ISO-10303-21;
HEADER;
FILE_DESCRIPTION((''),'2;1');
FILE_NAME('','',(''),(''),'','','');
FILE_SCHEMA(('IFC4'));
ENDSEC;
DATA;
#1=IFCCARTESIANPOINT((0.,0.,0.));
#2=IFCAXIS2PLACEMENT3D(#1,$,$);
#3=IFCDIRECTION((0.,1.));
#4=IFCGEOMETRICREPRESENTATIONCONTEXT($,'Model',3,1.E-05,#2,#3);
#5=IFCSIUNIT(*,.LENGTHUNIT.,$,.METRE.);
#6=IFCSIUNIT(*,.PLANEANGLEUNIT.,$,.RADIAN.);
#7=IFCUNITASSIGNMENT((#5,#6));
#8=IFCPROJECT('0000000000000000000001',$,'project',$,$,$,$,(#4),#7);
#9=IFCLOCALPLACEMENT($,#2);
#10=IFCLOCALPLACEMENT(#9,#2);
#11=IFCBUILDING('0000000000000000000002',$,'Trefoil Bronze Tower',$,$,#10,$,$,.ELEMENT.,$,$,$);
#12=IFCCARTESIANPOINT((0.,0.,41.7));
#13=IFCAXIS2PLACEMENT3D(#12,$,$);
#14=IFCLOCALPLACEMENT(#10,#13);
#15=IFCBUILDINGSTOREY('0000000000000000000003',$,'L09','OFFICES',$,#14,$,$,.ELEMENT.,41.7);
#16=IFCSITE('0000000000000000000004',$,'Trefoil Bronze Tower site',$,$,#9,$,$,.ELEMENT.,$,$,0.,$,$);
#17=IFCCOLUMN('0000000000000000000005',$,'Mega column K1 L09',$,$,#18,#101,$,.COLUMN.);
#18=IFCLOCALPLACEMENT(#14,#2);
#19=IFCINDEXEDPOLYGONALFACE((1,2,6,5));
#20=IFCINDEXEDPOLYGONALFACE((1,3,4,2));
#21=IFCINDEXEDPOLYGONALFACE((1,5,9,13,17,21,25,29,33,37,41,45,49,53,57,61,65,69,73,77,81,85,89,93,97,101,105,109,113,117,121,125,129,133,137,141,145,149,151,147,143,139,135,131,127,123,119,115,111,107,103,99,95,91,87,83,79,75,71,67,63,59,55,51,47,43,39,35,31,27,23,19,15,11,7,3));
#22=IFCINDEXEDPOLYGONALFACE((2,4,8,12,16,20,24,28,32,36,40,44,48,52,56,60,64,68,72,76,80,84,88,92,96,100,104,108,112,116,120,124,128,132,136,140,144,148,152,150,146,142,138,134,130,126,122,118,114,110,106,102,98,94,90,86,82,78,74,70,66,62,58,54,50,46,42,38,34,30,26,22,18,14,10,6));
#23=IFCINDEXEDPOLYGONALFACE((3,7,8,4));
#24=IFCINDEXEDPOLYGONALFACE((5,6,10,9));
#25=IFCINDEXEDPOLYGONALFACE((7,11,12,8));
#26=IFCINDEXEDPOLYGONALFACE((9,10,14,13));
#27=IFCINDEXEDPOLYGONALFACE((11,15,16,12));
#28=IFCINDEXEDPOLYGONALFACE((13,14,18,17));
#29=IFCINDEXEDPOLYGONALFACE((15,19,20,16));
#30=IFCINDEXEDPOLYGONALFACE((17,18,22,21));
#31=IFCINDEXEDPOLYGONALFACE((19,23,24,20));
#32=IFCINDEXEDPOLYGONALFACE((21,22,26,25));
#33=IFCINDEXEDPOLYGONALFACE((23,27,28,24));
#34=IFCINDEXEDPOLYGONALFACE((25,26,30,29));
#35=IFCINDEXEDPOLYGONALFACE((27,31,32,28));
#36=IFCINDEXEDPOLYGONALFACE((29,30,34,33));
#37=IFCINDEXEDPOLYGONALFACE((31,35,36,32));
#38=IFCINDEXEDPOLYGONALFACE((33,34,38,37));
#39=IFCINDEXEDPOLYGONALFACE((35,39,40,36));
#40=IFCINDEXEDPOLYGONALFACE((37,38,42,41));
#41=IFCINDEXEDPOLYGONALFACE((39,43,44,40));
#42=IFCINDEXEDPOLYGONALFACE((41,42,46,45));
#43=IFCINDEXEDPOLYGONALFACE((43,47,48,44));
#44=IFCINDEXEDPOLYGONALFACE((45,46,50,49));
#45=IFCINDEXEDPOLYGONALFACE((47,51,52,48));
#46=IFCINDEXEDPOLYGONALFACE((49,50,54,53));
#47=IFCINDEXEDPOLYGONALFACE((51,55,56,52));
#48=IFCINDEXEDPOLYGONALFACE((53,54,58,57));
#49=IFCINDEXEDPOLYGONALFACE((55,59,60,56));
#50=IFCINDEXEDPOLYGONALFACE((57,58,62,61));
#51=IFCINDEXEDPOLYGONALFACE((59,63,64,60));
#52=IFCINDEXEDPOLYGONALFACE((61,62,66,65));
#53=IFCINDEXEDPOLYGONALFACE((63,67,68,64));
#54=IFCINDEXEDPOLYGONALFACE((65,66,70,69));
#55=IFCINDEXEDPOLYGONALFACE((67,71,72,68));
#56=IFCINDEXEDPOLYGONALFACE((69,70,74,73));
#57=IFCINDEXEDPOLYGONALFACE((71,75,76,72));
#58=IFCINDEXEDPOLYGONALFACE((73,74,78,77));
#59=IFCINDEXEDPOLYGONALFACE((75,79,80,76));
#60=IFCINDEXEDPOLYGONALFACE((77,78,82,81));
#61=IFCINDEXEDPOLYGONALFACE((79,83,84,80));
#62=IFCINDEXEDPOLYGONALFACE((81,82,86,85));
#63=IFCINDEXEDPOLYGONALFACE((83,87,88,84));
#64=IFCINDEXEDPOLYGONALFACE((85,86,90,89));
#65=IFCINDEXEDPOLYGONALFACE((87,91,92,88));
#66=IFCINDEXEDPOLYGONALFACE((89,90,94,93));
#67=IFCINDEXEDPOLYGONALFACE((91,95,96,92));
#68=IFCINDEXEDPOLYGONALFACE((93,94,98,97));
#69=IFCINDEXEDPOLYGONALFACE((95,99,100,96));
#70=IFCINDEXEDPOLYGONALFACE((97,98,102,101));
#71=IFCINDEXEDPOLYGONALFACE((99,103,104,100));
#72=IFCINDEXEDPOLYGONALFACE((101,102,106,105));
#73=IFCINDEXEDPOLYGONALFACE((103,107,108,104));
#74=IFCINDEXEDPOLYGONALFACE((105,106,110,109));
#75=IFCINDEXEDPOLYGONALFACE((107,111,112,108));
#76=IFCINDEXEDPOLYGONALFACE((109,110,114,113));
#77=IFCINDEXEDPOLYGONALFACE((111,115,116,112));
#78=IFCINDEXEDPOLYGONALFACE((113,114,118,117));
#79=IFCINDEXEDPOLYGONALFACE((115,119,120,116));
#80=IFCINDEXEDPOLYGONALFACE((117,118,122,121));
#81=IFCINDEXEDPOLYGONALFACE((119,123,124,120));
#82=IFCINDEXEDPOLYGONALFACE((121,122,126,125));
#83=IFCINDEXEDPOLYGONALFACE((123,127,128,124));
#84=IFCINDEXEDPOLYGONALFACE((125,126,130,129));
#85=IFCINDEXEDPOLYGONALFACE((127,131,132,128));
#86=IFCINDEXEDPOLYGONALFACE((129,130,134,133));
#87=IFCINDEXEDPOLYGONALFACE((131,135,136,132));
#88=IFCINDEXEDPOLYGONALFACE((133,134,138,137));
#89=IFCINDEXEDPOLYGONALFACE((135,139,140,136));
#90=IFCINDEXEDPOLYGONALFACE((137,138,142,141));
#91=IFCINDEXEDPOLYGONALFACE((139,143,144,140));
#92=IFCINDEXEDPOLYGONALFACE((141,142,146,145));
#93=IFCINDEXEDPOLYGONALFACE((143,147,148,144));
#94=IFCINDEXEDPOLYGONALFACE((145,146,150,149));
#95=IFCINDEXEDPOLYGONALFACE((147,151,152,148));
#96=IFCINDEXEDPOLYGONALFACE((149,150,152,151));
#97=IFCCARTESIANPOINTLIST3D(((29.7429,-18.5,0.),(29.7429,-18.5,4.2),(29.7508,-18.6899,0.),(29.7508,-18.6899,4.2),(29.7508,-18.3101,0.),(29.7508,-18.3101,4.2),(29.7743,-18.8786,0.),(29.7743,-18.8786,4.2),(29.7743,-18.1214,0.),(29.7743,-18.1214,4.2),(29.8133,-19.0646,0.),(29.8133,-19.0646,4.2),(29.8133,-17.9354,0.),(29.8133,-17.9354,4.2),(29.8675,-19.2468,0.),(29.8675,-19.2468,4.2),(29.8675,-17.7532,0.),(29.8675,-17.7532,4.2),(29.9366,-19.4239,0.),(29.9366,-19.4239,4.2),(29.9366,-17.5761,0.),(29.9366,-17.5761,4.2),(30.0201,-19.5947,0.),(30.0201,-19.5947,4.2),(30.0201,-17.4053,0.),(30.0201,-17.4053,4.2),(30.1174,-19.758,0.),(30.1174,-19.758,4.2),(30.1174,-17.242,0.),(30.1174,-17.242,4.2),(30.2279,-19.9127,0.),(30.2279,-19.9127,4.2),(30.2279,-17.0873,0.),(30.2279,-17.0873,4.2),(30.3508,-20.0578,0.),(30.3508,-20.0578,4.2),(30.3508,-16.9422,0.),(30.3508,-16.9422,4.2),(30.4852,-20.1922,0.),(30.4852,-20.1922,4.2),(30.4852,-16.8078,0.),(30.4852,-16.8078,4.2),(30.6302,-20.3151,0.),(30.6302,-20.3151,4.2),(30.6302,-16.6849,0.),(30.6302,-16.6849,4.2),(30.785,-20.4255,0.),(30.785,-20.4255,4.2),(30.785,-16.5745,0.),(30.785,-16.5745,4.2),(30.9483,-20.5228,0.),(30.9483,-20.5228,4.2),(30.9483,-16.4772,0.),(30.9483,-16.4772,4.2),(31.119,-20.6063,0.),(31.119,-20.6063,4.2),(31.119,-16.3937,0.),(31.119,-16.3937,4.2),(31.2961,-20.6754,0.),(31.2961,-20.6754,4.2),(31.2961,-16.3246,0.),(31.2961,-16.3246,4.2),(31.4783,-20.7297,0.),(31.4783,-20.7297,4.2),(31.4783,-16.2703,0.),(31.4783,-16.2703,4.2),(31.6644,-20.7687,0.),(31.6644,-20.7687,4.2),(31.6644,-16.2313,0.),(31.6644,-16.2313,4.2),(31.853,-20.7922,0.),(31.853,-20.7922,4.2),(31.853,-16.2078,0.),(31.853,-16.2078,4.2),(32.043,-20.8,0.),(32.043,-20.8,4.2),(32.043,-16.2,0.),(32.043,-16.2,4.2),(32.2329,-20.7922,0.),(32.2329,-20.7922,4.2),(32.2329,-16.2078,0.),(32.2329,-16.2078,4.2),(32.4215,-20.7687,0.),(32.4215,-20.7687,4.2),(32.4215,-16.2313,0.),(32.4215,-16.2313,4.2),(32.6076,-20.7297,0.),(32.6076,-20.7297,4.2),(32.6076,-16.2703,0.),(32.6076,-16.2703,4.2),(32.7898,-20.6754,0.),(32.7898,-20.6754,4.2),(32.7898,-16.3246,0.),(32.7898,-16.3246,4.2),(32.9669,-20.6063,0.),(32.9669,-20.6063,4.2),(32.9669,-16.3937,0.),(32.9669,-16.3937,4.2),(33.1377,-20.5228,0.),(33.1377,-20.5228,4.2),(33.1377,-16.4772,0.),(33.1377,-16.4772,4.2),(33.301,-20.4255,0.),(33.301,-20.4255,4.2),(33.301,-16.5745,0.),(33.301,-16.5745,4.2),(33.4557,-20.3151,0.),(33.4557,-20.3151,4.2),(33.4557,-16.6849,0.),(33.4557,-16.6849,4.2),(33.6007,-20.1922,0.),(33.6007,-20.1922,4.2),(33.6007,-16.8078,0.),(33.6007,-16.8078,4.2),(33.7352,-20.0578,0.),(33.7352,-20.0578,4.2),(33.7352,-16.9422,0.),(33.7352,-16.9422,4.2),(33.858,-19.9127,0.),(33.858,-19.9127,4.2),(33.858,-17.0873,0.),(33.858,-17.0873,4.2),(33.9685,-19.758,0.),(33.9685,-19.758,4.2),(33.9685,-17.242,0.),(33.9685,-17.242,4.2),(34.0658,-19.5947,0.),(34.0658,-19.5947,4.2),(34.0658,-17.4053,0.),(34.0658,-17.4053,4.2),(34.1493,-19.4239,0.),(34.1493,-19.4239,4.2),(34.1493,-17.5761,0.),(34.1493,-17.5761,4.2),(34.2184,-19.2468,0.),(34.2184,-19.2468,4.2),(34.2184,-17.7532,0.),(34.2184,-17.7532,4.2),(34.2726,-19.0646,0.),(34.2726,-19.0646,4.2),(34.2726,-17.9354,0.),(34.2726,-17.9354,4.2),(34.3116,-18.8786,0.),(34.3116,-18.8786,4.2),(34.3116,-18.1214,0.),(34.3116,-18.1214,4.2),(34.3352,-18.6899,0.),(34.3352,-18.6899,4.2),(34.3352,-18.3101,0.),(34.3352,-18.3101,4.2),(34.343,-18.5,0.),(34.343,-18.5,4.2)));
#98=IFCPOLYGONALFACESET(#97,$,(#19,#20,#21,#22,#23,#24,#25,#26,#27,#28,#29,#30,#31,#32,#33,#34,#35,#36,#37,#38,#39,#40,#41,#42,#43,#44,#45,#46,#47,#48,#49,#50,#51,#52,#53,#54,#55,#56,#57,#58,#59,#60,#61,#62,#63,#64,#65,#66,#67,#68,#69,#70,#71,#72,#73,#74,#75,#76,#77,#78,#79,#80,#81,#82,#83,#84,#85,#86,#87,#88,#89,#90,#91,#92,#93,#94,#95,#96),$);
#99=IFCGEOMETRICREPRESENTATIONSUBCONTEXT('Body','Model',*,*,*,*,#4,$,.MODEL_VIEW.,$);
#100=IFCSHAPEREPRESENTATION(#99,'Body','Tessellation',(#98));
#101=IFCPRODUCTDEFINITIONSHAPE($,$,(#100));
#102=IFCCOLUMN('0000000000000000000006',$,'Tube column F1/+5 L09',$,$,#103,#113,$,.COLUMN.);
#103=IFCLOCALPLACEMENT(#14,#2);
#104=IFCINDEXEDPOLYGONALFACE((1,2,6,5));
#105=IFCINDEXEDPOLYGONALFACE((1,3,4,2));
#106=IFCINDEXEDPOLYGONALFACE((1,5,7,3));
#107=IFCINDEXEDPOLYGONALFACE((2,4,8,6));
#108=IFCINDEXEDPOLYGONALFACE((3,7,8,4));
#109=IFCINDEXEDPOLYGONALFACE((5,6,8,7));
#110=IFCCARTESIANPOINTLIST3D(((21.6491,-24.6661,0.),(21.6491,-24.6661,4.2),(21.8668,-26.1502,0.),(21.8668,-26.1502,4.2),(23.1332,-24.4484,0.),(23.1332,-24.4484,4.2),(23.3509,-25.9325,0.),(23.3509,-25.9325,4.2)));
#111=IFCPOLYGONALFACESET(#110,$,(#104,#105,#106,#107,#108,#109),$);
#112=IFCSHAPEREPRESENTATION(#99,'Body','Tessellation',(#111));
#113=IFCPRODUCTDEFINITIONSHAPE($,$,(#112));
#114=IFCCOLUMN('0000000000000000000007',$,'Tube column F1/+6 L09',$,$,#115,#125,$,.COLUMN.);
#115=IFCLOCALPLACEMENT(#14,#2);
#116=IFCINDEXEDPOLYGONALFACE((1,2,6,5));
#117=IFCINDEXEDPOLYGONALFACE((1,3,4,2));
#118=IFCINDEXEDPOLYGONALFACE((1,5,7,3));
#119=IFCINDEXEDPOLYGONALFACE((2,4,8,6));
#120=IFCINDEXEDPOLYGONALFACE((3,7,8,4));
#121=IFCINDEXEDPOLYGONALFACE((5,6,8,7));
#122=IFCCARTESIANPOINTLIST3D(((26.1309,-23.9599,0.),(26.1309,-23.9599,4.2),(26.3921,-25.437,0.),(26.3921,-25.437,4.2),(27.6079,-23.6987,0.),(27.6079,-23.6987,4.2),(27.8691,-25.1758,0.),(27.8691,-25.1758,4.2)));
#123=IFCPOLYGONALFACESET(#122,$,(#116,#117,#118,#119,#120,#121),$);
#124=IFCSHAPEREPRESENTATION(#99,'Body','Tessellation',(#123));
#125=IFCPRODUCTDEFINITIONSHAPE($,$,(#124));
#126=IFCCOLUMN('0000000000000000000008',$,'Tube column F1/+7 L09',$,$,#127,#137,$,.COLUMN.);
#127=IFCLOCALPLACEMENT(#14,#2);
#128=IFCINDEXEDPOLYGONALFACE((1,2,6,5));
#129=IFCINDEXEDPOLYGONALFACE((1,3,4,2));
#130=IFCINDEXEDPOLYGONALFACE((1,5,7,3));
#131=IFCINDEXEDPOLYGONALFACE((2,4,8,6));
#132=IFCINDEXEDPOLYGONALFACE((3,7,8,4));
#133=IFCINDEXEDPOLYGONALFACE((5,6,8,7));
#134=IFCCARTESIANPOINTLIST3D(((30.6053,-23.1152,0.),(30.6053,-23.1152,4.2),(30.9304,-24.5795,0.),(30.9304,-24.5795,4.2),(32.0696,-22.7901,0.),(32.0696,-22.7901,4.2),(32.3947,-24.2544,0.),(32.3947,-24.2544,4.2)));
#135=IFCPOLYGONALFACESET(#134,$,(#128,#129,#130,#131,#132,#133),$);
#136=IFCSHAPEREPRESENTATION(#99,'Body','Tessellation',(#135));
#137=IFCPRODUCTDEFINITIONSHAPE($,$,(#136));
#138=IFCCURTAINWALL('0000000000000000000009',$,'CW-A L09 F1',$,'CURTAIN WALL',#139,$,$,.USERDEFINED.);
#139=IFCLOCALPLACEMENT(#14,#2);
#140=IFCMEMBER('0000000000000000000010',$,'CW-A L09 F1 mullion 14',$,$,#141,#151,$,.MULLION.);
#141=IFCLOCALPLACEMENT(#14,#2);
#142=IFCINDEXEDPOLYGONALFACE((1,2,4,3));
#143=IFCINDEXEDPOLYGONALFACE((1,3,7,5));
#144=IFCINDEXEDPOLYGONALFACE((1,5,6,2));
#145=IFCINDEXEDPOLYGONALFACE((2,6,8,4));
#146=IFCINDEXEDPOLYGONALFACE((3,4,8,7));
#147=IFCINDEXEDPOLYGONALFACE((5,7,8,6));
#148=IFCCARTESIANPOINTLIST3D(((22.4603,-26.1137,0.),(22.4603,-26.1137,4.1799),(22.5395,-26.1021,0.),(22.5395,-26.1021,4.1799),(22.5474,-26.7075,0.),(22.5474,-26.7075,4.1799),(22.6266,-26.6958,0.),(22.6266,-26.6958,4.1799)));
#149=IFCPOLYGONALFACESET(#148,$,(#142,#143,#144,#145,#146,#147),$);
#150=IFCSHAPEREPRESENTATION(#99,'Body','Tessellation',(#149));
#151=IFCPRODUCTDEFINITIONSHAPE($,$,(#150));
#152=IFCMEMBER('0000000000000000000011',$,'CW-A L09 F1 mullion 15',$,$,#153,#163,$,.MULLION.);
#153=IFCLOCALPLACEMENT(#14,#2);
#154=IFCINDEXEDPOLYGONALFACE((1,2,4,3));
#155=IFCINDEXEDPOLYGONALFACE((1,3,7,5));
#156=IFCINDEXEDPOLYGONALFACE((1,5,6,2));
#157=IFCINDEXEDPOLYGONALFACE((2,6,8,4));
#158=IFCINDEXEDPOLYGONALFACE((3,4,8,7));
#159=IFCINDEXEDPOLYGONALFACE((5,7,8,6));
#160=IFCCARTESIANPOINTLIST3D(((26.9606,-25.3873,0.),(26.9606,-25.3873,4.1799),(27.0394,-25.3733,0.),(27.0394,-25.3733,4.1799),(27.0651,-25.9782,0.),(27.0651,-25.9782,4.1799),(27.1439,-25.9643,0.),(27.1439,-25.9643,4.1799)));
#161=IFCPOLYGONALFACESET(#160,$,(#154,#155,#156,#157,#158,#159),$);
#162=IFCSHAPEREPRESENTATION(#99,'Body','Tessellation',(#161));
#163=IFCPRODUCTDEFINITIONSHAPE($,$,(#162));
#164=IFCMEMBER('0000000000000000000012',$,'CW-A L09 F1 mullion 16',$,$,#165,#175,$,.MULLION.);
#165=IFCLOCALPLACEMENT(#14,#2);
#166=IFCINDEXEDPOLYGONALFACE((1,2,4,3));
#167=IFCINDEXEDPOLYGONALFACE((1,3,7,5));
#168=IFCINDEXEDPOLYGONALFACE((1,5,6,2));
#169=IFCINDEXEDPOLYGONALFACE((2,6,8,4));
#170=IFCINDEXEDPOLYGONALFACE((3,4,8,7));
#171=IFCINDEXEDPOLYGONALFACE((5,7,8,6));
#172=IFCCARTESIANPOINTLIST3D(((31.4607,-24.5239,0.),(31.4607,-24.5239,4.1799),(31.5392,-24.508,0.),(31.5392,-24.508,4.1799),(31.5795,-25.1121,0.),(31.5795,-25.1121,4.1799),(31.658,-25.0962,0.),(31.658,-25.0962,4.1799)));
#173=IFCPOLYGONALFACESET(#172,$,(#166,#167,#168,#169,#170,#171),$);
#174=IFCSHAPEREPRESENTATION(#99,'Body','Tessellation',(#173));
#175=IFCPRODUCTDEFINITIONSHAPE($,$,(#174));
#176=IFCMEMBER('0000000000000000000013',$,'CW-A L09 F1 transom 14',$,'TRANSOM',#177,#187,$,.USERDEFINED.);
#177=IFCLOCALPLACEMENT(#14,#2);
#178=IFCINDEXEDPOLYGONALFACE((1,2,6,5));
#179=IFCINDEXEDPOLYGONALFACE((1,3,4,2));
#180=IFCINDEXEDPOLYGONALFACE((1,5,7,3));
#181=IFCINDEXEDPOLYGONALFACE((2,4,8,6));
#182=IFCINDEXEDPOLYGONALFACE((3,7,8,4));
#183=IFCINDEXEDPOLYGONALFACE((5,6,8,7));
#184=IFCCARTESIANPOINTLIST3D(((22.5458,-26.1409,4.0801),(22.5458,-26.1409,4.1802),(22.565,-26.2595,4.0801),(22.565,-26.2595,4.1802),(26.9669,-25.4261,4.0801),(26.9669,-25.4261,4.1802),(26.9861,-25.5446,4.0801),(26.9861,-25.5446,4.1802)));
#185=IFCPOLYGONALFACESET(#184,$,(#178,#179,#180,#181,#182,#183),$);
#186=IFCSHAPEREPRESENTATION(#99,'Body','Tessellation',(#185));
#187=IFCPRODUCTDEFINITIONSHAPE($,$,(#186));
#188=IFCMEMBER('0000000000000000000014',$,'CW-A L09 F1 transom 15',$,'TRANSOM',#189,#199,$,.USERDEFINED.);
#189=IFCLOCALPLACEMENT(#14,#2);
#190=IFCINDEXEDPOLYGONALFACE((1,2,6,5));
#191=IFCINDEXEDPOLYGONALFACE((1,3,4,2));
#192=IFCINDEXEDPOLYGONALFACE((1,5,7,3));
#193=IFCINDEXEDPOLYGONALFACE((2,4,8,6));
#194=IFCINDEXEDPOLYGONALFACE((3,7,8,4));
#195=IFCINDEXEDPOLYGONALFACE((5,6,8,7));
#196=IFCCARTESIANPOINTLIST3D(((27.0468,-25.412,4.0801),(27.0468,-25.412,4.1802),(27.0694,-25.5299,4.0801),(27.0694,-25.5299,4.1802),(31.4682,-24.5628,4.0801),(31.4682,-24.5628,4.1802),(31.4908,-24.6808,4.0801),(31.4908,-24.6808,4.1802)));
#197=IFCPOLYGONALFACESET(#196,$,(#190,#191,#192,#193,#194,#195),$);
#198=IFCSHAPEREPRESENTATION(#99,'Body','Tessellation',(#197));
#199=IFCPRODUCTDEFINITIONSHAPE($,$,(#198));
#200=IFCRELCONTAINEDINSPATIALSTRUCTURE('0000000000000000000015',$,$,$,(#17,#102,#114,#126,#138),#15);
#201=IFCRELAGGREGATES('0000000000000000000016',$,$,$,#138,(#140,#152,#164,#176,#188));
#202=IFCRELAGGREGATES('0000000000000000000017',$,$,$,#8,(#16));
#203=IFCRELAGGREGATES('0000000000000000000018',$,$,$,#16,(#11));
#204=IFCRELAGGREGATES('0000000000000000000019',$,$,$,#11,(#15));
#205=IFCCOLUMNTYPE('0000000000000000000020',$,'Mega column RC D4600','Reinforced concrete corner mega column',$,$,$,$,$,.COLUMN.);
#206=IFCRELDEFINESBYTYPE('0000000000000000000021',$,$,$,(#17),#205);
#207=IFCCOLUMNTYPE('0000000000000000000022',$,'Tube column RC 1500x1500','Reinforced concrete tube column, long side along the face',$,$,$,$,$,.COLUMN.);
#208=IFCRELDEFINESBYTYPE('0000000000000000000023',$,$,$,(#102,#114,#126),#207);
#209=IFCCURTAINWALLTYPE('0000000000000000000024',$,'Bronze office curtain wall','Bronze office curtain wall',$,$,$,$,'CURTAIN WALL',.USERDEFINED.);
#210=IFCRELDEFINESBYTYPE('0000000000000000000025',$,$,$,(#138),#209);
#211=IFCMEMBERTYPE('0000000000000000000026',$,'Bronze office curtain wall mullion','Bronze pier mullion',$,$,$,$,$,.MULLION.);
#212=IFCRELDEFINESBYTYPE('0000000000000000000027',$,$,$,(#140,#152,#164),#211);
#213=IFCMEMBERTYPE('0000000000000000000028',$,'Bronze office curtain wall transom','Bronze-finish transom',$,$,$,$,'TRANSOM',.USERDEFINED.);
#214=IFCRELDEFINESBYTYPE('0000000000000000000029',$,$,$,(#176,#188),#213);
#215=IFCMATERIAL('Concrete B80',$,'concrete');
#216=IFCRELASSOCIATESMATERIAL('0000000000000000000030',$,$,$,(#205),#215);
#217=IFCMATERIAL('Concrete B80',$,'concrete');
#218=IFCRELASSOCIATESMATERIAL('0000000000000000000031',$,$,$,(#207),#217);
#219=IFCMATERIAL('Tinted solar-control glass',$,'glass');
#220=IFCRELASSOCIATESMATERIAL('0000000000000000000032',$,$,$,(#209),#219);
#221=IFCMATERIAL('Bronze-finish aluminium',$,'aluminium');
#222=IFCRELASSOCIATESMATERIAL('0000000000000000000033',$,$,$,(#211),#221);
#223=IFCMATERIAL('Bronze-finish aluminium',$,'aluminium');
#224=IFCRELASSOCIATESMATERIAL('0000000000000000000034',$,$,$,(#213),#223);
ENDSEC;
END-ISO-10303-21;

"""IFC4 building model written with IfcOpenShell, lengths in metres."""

from ifc_helpers import new_model, si_unit, direction, frame, origin, origin_2d, place, context, subcontext, project, spatial, rectangle, circle, extrude, material, material_profile, profile_set, type_object, element, aggregate, save


model = new_model("IFC4")

# Units and contexts
model_context = context("Model", 3, precision=1e-05, world=origin(), true_north=direction((0.0, 1.0)))
body_context = subcontext(model_context, "Body", "Model", "MODEL_VIEW")
ifc_project = project(units=[si_unit("LENGTHUNIT", "METRE"), si_unit("PLANEANGLEUNIT", "RADIAN")], contexts=[model_context])

# Site, building, storey
site_placement = place(None, origin())
site = spatial("IfcSite", under=ifc_project, at=site_placement, Name="Trefoil Bronze Tower site", CompositionType="ELEMENT", RefElevation=0.0)
building_placement = place(site_placement, origin())
building = spatial("IfcBuilding", under=site, at=building_placement, Name="Trefoil Bronze Tower", CompositionType="ELEMENT")
storey_placement = place(building_placement, frame((0.0, 0.0, 41.7)))
storey = spatial("IfcBuildingStorey", under=building, at=storey_placement, Name="L09", Description="OFFICES", CompositionType="ELEMENT", Elevation=41.7)

# Columns
ifc_material_1 = material(Name="Concrete B80", Category="concrete")
ifc_material_profile_1 = material_profile(ifc_material_1, circle(Radius=2.3, at=origin_2d()), Name="RC D4600")
ifc_profile_set_1 = profile_set([ifc_material_profile_1], Name="Concrete B80")
column_type_1 = type_object("IfcColumnType", Name="Mega column RC D4600", Description="Reinforced concrete corner mega column", PredefinedType="COLUMN", material=ifc_profile_set_1)
column_placement = place(storey_placement, frame((32.043, -18.5, 0.0), z_axis=(0.0, 0.0, 1.0), x_axis=(1.0, 0.0, 0.0)))
element("IfcColumn", 1, at=column_placement, inside=storey, type_object=column_type_1, Name="Mega column K1 L09", PredefinedType="COLUMN", context=body_context, shape_type="SweptSolid", body=[
    extrude(circle(Radius=2.3, at=origin_2d()), origin(), (0.0, 0.0, 1.0), 4.2),
])
ifc_material_2 = material(Name="Concrete B80", Category="concrete")
ifc_material_profile_2 = material_profile(ifc_material_2, rectangle(XDim=1.5, YDim=1.5, at=origin_2d()), Name="RC 1500x1500")
ifc_profile_set_2 = profile_set([ifc_material_profile_2], Name="Concrete B80")
column_type_2 = type_object("IfcColumnType", Name="Tube column RC 1500x1500", Description="Reinforced concrete tube column, long side along the face", PredefinedType="COLUMN", material=ifc_profile_set_2)
for number, where, z_axis, x_axis, name in (
    (2, (22.5, -25.2993, 0.0), (0.0, 0.0, 1.0), (0.989416, 0.145109, 0.0), "Tube column F1/+5 L09"),
    (3, (27.0, -24.5679, 0.0), (0.0, 0.0, 1.0), (0.984722, 0.174131, 0.0), "Tube column F1/+6 L09"),
    (4, (31.5, -23.6848, 0.0), (0.0, 0.0, 1.0), (0.97623, 0.216739, 0.0), "Tube column F1/+7 L09"),
):
    element("IfcColumn", number, at=place(storey_placement, frame(where, z_axis=z_axis, x_axis=x_axis)), inside=storey, type_object=column_type_2, Name=name, PredefinedType="COLUMN", context=body_context, shape_type="SweptSolid", body=[
        extrude(rectangle(XDim=1.5, YDim=1.5, at=origin_2d()), origin(), (0.0, 0.0, 1.0), 4.2),
    ])

# Curtain wall, members
ifc_material_3 = material(Name="Tinted solar-control glass", Category="glass")
curtain_wall_type_1 = type_object("IfcCurtainWallType", Name="Bronze office curtain wall", Description="Bronze office curtain wall", ElementType="CURTAIN WALL", PredefinedType="USERDEFINED", material=ifc_material_3)
curtain_wall_1_placement = place(storey_placement, origin())
curtain_wall_1 = element("IfcCurtainWall", 5, at=curtain_wall_1_placement, inside=storey, type_object=curtain_wall_type_1, Name="CW-A L09 F1", ObjectType="CURTAIN WALL", PredefinedType="USERDEFINED")
ifc_material_4 = material(Name="Bronze-finish aluminium", Category="aluminium")
ifc_material_profile_3 = material_profile(ifc_material_4, rectangle(XDim=0.6001, YDim=0.0801, at=origin_2d()), Name="CW-A mullion")
ifc_profile_set_3 = profile_set([ifc_material_profile_3], Name="Bronze-finish aluminium")
member_type_1 = type_object("IfcMemberType", Name="Bronze office curtain wall mullion", Description="Bronze pier mullion", PredefinedType="MULLION", material=ifc_profile_set_3)
member_1_placement = place(storey_placement, frame((22.5435, -26.4048, 0.0), z_axis=(0.0, 0.0, 1.0), x_axis=(-0.145109, 0.989416, 0.0)))
member_1 = element("IfcMember", 6, at=member_1_placement, type_object=member_type_1, Name="CW-A L09 F1 mullion 14", PredefinedType="MULLION", context=body_context, shape_type="SweptSolid", body=[
    extrude(rectangle(XDim=0.6001, YDim=0.0801, at=origin_2d()), origin(), (0.0, 0.0, 1.0), 4.1799),
])
member_2_placement = place(storey_placement, frame((27.0522, -25.6758, 0.0), z_axis=(0.0, 0.0, 1.0), x_axis=(-0.174131, 0.984722, 0.0)))
member_2 = element("IfcMember", 7, at=member_2_placement, type_object=member_type_1, Name="CW-A L09 F1 mullion 15", PredefinedType="MULLION", context=body_context, shape_type="SweptSolid", body=[
    extrude(rectangle(XDim=0.6001, YDim=0.0801, at=origin_2d()), origin(), (0.0, 0.0, 1.0), 4.1799),
])
member_3_placement = place(storey_placement, frame((31.5593, -24.8101, 0.0), z_axis=(0.0, 0.0, 1.0), x_axis=(-0.19791, 0.98022, 0.0)))
member_3 = element("IfcMember", 8, at=member_3_placement, type_object=member_type_1, Name="CW-A L09 F1 mullion 16", PredefinedType="MULLION", context=body_context, shape_type="SweptSolid", body=[
    extrude(rectangle(XDim=0.6001, YDim=0.0801, at=origin_2d()), origin(), (0.0, 0.0, 1.0), 4.1799),
])
ifc_material_5 = material(Name="Bronze-finish aluminium", Category="aluminium")
ifc_material_profile_4 = material_profile(ifc_material_5, rectangle(XDim=0.1201, YDim=0.1001, at=origin_2d()), Name="CW-A transom")
ifc_profile_set_4 = profile_set([ifc_material_profile_4], Name="Bronze-finish aluminium")
member_type_2 = type_object("IfcMemberType", Name="Bronze office curtain wall transom", Description="Bronze-finish transom", ElementType="TRANSOM", PredefinedType="USERDEFINED", material=ifc_profile_set_4)
member_4_placement = place(storey_placement, frame((22.5554, -26.2002, 4.1301), z_axis=(0.987179, 0.159615, 0.0), x_axis=(-0.159615, 0.987179, 0.0)))
member_4 = element("IfcMember", 9, at=member_4_placement, type_object=member_type_2, Name="CW-A L09 F1 transom 14", ObjectType="TRANSOM", PredefinedType="USERDEFINED", context=body_context, shape_type="SweptSolid", body=[
    extrude(rectangle(XDim=0.1201, YDim=0.1001, at=origin_2d()), origin(), (0.0, 0.0, 1.0), 4.4785),
])
member_5_placement = place(storey_placement, frame((27.0581, -25.4709, 4.1301), z_axis=(0.982054, 0.188602, 0.0), x_axis=(-0.188602, 0.982054, 0.0)))
member_5 = element("IfcMember", 10, at=member_5_placement, type_object=member_type_2, Name="CW-A L09 F1 transom 15", ObjectType="TRANSOM", PredefinedType="USERDEFINED", context=body_context, shape_type="SweptSolid", body=[
    extrude(rectangle(XDim=0.1201, YDim=0.1001, at=origin_2d()), origin(), (0.0, 0.0, 1.0), 4.5022),
])

aggregate(curtain_wall_1, [member_1, member_2, member_3, member_4, member_5])

save(model, "model.ifc")
